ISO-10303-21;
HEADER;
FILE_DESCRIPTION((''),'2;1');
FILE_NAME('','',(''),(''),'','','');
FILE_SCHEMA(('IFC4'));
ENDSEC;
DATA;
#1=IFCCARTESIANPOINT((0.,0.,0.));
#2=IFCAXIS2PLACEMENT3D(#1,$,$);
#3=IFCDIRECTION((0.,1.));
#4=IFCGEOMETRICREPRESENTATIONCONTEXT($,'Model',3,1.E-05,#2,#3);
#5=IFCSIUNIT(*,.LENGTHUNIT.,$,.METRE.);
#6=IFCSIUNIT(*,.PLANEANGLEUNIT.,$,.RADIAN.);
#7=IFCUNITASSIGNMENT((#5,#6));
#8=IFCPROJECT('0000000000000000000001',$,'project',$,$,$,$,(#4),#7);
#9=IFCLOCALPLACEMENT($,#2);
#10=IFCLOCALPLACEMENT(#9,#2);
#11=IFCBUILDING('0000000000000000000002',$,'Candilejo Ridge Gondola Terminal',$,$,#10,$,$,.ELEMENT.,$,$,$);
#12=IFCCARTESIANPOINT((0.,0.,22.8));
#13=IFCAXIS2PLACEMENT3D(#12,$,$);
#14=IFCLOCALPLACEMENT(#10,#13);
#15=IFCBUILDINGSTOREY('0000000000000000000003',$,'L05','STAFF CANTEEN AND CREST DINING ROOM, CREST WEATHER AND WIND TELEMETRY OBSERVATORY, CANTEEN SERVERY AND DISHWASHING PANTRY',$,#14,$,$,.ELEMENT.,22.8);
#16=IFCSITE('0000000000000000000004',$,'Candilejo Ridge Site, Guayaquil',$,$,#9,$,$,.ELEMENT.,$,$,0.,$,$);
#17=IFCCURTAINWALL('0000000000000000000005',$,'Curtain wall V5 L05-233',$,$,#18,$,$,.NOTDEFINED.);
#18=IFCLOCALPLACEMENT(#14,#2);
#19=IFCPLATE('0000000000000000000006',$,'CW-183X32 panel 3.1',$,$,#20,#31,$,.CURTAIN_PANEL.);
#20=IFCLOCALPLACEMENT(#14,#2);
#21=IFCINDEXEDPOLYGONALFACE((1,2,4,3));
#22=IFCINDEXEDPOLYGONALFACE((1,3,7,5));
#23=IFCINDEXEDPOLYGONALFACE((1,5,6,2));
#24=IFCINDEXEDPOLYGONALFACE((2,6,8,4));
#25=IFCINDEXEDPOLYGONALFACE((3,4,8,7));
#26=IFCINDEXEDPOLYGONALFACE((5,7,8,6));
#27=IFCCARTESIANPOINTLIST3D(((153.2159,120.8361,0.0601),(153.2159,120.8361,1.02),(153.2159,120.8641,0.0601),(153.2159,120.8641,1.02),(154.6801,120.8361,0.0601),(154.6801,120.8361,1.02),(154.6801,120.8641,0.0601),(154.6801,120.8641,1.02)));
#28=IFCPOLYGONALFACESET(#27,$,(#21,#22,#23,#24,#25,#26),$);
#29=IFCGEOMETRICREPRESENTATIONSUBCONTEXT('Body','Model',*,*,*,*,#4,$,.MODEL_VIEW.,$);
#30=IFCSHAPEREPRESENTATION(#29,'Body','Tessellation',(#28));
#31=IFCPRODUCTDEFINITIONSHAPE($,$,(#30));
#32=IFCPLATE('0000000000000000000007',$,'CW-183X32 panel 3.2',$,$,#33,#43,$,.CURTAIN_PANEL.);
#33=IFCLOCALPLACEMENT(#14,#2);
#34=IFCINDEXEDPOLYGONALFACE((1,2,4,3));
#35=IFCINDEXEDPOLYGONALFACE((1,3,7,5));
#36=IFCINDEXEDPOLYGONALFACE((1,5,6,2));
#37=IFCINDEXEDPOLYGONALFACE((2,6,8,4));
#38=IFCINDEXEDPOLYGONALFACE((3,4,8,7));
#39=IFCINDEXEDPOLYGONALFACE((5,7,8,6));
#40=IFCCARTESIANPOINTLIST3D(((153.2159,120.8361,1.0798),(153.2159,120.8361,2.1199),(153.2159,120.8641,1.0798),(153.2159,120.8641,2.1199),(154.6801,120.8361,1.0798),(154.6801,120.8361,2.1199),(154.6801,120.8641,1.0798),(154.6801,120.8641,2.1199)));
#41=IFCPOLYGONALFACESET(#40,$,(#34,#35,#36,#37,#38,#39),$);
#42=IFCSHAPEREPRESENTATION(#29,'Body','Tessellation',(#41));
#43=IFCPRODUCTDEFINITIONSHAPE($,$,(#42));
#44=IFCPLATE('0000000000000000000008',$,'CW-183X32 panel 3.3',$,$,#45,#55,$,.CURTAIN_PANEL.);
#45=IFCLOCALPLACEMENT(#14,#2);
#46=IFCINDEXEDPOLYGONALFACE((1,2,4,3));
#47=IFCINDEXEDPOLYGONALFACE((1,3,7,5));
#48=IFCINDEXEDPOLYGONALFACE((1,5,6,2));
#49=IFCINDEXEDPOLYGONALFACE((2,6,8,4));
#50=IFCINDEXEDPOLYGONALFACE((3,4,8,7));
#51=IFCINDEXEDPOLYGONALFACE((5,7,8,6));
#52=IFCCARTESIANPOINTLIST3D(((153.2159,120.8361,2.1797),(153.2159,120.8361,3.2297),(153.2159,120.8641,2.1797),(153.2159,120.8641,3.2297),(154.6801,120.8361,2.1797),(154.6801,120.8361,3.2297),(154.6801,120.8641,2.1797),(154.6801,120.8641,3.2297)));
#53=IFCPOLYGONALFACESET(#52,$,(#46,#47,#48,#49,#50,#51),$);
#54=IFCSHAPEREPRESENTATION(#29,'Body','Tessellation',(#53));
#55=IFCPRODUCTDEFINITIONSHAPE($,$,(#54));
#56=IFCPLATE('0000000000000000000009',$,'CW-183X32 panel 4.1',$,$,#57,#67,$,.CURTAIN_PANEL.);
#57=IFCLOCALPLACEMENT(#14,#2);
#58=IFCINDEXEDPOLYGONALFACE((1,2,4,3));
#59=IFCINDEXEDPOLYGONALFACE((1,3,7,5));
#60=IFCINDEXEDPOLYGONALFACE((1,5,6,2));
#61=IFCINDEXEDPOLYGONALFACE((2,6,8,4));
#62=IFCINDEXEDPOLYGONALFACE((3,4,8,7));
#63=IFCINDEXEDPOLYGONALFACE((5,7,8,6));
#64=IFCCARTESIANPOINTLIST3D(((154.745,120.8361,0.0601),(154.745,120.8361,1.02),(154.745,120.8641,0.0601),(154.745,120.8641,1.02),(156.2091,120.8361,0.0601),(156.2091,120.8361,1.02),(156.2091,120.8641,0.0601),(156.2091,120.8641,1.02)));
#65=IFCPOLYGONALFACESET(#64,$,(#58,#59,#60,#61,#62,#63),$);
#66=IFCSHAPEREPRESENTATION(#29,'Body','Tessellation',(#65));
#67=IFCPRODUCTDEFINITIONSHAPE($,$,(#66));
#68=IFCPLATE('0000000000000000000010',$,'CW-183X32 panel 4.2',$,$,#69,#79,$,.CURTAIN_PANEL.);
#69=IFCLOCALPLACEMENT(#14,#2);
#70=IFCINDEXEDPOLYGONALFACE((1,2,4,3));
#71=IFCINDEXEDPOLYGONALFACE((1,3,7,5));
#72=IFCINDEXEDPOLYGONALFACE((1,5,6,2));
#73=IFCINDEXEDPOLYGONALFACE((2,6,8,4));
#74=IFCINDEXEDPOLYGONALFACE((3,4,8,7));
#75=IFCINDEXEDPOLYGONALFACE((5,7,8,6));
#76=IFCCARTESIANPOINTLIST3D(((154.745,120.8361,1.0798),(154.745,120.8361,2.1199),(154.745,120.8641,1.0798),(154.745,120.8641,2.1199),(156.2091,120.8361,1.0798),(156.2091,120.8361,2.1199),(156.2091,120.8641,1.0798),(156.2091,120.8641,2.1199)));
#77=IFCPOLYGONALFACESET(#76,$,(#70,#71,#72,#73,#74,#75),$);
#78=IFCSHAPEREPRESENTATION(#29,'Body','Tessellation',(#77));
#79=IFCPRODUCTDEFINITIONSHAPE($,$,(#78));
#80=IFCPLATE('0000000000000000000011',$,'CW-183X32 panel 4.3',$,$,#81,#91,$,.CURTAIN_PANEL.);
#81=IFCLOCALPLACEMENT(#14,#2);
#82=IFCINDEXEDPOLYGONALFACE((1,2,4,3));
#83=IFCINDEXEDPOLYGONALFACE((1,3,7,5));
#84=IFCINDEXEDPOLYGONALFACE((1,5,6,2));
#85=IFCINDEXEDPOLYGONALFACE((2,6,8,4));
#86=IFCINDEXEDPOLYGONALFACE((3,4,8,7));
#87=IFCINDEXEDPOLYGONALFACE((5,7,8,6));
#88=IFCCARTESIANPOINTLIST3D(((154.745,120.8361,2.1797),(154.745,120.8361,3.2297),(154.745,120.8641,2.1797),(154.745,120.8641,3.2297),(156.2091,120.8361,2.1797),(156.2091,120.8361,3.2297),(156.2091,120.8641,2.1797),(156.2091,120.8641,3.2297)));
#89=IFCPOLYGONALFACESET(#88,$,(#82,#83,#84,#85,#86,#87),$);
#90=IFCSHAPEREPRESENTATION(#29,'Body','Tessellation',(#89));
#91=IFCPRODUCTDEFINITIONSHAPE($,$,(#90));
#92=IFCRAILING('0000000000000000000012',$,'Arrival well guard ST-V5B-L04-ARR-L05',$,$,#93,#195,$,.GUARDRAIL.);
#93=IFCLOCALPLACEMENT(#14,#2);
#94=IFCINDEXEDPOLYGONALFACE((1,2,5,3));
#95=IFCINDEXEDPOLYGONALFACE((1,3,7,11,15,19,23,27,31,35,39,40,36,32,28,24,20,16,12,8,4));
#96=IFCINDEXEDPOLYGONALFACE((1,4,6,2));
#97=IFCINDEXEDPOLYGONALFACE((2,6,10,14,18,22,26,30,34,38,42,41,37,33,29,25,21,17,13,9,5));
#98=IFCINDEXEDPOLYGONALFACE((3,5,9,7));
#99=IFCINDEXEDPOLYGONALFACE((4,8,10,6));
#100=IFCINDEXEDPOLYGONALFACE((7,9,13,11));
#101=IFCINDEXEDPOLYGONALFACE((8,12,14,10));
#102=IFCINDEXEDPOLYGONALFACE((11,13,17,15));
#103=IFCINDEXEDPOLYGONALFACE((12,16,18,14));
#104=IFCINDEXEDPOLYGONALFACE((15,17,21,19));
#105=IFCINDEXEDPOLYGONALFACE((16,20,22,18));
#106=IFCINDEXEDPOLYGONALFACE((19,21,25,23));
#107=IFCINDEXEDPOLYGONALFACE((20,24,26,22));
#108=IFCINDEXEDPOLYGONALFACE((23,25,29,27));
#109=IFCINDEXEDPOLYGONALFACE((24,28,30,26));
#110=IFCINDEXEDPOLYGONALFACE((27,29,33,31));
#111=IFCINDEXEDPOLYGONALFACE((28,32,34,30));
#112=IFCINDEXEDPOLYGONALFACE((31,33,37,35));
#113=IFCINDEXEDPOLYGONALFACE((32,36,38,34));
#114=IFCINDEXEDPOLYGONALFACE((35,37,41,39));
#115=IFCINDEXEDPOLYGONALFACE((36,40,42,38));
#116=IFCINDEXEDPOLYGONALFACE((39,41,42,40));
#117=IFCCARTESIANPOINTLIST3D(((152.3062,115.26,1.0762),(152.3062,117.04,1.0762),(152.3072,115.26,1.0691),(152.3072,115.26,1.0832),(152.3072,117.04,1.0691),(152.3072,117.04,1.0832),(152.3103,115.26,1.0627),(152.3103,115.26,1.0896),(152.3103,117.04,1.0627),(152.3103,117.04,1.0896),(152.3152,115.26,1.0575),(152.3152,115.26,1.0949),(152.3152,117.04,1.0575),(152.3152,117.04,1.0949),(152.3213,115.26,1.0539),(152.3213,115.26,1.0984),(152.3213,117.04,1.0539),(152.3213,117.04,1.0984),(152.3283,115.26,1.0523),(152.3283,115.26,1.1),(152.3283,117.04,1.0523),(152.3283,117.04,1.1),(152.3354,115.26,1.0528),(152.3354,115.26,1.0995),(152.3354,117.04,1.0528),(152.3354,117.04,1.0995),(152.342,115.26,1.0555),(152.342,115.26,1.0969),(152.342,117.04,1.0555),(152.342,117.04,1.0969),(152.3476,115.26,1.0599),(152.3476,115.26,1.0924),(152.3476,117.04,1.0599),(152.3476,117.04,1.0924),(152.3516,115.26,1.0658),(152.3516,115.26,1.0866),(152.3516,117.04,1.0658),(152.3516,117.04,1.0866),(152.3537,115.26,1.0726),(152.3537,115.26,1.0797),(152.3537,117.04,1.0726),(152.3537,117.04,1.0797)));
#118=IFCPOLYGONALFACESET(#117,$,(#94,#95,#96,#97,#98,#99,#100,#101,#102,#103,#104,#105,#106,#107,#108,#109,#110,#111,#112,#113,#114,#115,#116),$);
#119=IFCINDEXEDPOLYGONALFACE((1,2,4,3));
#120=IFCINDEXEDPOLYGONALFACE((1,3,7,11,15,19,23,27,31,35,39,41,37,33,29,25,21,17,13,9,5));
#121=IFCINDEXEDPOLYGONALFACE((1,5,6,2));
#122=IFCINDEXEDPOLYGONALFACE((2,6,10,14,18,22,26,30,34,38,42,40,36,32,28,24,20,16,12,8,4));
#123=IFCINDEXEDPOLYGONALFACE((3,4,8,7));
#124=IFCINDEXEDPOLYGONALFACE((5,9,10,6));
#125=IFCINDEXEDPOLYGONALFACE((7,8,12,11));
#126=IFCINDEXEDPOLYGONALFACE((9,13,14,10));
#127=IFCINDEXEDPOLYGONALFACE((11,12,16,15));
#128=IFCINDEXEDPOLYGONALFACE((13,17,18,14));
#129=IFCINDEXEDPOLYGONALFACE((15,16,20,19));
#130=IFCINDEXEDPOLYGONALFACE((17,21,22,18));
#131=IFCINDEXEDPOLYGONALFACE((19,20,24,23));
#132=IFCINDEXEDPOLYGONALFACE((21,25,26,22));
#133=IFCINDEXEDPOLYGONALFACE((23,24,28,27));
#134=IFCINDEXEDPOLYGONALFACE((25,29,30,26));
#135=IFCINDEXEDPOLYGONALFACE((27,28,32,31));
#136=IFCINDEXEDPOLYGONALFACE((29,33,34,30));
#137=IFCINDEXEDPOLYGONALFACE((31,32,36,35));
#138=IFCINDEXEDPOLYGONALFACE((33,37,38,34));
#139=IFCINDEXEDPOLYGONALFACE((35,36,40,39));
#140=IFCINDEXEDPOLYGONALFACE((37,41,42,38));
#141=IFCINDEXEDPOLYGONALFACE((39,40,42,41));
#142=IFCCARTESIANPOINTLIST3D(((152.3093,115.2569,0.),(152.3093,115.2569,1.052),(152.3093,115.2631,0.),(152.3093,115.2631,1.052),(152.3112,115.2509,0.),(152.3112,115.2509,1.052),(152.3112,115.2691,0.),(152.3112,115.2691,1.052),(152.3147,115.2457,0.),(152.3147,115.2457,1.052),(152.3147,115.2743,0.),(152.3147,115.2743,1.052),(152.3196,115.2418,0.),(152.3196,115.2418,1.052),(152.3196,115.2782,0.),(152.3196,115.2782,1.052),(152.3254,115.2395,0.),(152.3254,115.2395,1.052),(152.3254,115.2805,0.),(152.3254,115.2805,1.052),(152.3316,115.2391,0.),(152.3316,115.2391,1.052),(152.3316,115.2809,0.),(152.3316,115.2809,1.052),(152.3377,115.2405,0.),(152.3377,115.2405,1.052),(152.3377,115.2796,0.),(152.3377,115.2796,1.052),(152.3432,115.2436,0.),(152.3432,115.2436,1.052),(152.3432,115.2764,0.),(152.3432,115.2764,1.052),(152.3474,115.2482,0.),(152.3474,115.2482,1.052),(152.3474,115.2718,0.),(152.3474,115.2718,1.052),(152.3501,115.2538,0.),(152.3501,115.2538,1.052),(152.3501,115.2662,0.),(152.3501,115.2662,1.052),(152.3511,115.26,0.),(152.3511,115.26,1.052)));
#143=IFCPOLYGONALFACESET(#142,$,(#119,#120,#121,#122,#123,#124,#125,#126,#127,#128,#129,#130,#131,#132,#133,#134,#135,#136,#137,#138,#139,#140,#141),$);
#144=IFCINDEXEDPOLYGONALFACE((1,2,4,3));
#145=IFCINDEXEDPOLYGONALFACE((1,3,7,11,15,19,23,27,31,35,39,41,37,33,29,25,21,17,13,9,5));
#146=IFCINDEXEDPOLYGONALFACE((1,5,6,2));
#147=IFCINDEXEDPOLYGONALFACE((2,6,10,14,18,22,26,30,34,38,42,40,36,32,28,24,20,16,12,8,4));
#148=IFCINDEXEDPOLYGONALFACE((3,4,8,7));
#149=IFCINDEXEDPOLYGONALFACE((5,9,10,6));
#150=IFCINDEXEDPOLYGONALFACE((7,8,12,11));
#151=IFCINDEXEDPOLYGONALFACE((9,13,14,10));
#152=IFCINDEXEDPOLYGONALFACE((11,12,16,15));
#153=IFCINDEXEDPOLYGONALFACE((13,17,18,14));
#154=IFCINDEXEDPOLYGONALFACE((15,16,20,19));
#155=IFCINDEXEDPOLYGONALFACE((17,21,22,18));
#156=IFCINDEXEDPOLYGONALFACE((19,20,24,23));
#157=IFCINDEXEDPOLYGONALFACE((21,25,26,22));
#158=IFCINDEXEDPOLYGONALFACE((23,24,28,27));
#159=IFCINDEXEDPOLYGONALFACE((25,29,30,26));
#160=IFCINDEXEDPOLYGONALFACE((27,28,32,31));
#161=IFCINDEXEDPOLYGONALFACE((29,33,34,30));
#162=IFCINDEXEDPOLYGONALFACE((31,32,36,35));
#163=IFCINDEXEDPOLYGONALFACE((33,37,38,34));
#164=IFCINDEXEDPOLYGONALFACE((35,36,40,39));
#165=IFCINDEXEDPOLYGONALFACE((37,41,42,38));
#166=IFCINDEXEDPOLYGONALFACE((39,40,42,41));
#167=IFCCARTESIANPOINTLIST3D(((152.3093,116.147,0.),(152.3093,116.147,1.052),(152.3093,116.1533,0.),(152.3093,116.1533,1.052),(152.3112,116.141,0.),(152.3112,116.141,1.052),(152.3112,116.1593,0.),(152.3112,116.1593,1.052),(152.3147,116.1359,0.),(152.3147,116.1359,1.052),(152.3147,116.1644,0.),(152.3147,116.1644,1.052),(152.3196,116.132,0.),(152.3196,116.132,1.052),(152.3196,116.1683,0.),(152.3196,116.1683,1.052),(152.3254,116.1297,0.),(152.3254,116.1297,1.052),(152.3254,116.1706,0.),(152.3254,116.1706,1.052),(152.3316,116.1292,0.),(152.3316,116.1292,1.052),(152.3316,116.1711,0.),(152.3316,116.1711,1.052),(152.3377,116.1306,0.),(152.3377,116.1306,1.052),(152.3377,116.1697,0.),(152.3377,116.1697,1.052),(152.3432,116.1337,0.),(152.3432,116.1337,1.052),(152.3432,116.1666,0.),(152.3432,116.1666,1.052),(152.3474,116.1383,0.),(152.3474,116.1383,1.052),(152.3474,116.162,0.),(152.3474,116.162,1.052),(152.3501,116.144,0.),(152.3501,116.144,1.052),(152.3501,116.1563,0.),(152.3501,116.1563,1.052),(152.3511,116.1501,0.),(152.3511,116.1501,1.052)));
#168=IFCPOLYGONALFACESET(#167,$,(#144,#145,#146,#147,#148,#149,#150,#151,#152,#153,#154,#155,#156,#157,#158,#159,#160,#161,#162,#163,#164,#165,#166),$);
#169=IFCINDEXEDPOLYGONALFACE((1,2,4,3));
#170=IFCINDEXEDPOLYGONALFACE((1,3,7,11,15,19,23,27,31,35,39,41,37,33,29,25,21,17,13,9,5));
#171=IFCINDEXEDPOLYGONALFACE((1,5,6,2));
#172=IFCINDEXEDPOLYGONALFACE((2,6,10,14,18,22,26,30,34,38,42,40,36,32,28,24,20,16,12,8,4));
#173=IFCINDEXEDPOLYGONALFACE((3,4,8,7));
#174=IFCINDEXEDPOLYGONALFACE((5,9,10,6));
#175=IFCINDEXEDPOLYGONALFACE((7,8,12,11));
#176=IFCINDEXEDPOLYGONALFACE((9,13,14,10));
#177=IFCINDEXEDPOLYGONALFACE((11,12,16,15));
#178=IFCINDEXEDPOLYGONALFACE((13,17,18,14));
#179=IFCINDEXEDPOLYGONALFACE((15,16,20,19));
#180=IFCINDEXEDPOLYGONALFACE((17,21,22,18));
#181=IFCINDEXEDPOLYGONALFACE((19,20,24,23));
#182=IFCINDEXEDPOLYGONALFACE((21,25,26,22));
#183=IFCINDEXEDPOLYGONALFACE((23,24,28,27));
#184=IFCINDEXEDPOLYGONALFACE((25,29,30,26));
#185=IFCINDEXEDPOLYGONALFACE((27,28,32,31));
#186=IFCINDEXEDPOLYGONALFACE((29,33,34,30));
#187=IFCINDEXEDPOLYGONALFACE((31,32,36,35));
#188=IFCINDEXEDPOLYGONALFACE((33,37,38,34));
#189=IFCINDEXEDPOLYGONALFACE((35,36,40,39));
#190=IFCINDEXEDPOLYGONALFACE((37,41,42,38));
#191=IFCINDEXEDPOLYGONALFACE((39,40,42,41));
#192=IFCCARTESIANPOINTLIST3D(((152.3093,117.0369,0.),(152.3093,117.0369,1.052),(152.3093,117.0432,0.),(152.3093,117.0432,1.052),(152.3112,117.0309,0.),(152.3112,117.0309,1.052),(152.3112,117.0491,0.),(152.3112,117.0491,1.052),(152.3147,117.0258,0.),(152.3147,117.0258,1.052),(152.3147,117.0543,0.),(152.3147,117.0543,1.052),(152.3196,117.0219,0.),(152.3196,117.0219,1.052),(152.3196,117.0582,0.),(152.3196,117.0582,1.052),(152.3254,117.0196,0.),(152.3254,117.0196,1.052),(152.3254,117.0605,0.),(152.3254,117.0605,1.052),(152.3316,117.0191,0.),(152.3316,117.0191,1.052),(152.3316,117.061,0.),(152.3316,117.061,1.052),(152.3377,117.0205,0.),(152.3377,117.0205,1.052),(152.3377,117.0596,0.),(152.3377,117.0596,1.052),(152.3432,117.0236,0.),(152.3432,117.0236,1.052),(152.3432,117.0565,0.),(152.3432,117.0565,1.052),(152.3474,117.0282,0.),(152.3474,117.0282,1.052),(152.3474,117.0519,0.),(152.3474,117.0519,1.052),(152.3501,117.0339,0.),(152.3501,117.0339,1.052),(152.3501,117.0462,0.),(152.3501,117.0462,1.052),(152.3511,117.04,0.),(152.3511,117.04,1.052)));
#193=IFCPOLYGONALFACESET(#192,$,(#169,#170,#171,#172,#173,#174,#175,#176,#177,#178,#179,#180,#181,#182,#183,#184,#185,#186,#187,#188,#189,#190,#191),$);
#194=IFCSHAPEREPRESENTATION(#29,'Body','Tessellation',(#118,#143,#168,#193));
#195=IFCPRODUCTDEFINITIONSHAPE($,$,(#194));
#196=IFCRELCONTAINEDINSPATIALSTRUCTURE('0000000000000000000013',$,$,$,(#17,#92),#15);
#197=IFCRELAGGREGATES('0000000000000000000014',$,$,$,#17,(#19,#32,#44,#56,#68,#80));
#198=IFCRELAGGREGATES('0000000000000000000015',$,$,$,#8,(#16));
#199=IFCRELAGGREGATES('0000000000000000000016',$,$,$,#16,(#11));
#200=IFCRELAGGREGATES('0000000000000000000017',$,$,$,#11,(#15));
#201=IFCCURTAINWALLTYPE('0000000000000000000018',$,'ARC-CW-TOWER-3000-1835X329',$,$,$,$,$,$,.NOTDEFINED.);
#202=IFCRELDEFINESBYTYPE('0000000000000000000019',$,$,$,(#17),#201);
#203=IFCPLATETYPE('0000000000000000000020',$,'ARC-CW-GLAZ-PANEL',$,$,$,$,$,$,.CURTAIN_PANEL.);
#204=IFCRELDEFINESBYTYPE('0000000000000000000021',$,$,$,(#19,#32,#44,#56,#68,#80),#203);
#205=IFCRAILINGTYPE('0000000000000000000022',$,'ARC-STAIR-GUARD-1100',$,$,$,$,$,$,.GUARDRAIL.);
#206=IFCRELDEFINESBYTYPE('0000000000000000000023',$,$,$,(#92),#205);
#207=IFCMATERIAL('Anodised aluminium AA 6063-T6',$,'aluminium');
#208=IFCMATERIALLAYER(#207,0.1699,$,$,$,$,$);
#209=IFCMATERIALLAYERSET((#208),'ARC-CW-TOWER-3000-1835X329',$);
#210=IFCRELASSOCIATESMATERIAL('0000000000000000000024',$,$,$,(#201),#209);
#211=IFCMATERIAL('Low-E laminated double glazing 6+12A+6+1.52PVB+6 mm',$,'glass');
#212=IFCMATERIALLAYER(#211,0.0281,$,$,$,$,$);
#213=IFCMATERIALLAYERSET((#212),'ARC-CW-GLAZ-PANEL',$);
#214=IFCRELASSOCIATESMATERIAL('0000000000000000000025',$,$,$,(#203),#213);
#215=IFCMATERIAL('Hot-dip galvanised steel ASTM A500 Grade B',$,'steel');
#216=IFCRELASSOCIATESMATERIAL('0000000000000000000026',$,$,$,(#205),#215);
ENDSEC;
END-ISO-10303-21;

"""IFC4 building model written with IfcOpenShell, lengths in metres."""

from ifc_helpers import new_model, si_unit, direction, frame, origin, origin_2d, place, context, subcontext, project, spatial, rectangle, circle, extrude, material, layer, layer_set, type_object, element, aggregate, save


model = new_model("IFC4")

# Units and contexts
model_context = context("Model", 3, precision=1e-05, world=origin(), true_north=direction((0.0, 1.0)))
body_context = subcontext(model_context, "Body", "Model", "MODEL_VIEW")
ifc_project = project(units=[si_unit("LENGTHUNIT", "METRE"), si_unit("PLANEANGLEUNIT", "RADIAN")], contexts=[model_context])

# Site, building, storey
site_placement = place(None, origin())
site = spatial("IfcSite", under=ifc_project, at=site_placement, Name="Candilejo Ridge Site, Guayaquil", CompositionType="ELEMENT", RefElevation=0.0)
building_placement = place(site_placement, origin())
building = spatial("IfcBuilding", under=site, at=building_placement, Name="Candilejo Ridge Gondola Terminal", CompositionType="ELEMENT")
storey_placement = place(building_placement, frame((0.0, 0.0, 22.8)))
storey = spatial("IfcBuildingStorey", under=building, at=storey_placement, Name="L05", Description="STAFF CANTEEN AND CREST DINING ROOM, CREST WEATHER AND WIND TELEMETRY OBSERVATORY, CANTEEN SERVERY AND DISHWASHING PANTRY", CompositionType="ELEMENT", Elevation=22.8)

# Curtain wall, plates
ifc_material_1 = material(Name="Anodised aluminium AA 6063-T6", Category="aluminium")
ifc_layer_1 = layer(ifc_material_1, 0.1699)
ifc_layer_set_1 = layer_set([ifc_layer_1], Name="ARC-CW-TOWER-3000-1835X329")
curtain_wall_type = type_object("IfcCurtainWallType", Name="ARC-CW-TOWER-3000-1835X329", PredefinedType="NOTDEFINED", material=ifc_layer_set_1)
curtain_wall_placement = place(storey_placement, origin())
curtain_wall = element("IfcCurtainWall", 1, at=curtain_wall_placement, inside=storey, type_object=curtain_wall_type, Name="Curtain wall V5 L05-233", PredefinedType="NOTDEFINED")
ifc_material_2 = material(Name="Low-E laminated double glazing 6+12A+6+1.52PVB+6 mm", Category="glass")
ifc_layer_2 = layer(ifc_material_2, 0.0281)
ifc_layer_set_2 = layer_set([ifc_layer_2], Name="ARC-CW-GLAZ-PANEL")
plate_type = type_object("IfcPlateType", Name="ARC-CW-GLAZ-PANEL", PredefinedType="CURTAIN_PANEL", material=ifc_layer_set_2)
plate_1_placement = place(storey_placement, frame((153.948, 120.8501, 0.0601), z_axis=(0.0, 0.0, 1.0), x_axis=(1.0, 0.0, 0.0)))
plate_1 = element("IfcPlate", 2, at=plate_1_placement, type_object=plate_type, Name="CW-183X32 panel 3.1", PredefinedType="CURTAIN_PANEL", context=body_context, shape_type="SweptSolid", body=[
    extrude(rectangle(XDim=1.4641, YDim=0.0281, at=origin_2d()), origin(), (0.0, 0.0, 1.0), 0.96),
])
plate_2_placement = place(storey_placement, frame((153.948, 120.8501, 1.0798), z_axis=(0.0, 0.0, 1.0), x_axis=(1.0, 0.0, 0.0)))
plate_2 = element("IfcPlate", 3, at=plate_2_placement, type_object=plate_type, Name="CW-183X32 panel 3.2", PredefinedType="CURTAIN_PANEL", context=body_context, shape_type="SweptSolid", body=[
    extrude(rectangle(XDim=1.4641, YDim=0.0281, at=origin_2d()), origin(), (0.0, 0.0, 1.0), 1.04),
])
plate_3_placement = place(storey_placement, frame((153.948, 120.8501, 2.1797), z_axis=(0.0, 0.0, 1.0), x_axis=(1.0, 0.0, 0.0)))
plate_3 = element("IfcPlate", 4, at=plate_3_placement, type_object=plate_type, Name="CW-183X32 panel 3.3", PredefinedType="CURTAIN_PANEL", context=body_context, shape_type="SweptSolid", body=[
    extrude(rectangle(XDim=1.4641, YDim=0.0281, at=origin_2d()), origin(), (0.0, 0.0, 1.0), 1.05),
])
plate_4_placement = place(storey_placement, frame((155.4771, 120.8501, 0.0601), z_axis=(0.0, 0.0, 1.0), x_axis=(1.0, 0.0, 0.0)))
plate_4 = element("IfcPlate", 5, at=plate_4_placement, type_object=plate_type, Name="CW-183X32 panel 4.1", PredefinedType="CURTAIN_PANEL", context=body_context, shape_type="SweptSolid", body=[
    extrude(rectangle(XDim=1.4641, YDim=0.0281, at=origin_2d()), origin(), (0.0, 0.0, 1.0), 0.96),
])
plate_5_placement = place(storey_placement, frame((155.4771, 120.8501, 1.0798), z_axis=(0.0, 0.0, 1.0), x_axis=(1.0, 0.0, 0.0)))
plate_5 = element("IfcPlate", 6, at=plate_5_placement, type_object=plate_type, Name="CW-183X32 panel 4.2", PredefinedType="CURTAIN_PANEL", context=body_context, shape_type="SweptSolid", body=[
    extrude(rectangle(XDim=1.4641, YDim=0.0281, at=origin_2d()), origin(), (0.0, 0.0, 1.0), 1.04),
])
plate_6_placement = place(storey_placement, frame((155.4771, 120.8501, 2.1797), z_axis=(0.0, 0.0, 1.0), x_axis=(1.0, 0.0, 0.0)))
plate_6 = element("IfcPlate", 7, at=plate_6_placement, type_object=plate_type, Name="CW-183X32 panel 4.3", PredefinedType="CURTAIN_PANEL", context=body_context, shape_type="SweptSolid", body=[
    extrude(rectangle(XDim=1.4641, YDim=0.0281, at=origin_2d()), origin(), (0.0, 0.0, 1.0), 1.05),
])
aggregate(curtain_wall, [plate_1, plate_2, plate_3, plate_4, plate_5, plate_6])

# Railing
ifc_material_3 = material(Name="Hot-dip galvanised steel ASTM A500 Grade B", Category="steel")
railing_type = type_object("IfcRailingType", Name="ARC-STAIR-GUARD-1100", PredefinedType="GUARDRAIL", material=ifc_material_3)
railing_placement = place(storey_placement, frame((152.3301, 115.26, 0.0)))
element("IfcRailing", 8, at=railing_placement, inside=storey, type_object=railing_type, Name="Arrival well guard ST-V5B-L04-ARR-L05", PredefinedType="GUARDRAIL", context=body_context, shape_type="SweptSolid", body=[
    extrude(circle(Radius=0.0239, at=origin_2d()), frame((0.0, 0.0, 1.0762), z_axis=(0.0, 1.0, 0.0), x_axis=(-1.0, 0.0, 0.0)), (0.0, 0.0, 1.0), 1.78),
    extrude(circle(Radius=0.021, at=origin_2d()), origin(), (0.0, 0.0, 1.0), 1.052),
    extrude(circle(Radius=0.021, at=origin_2d()), frame((0.0, 0.8901, 0.0)), (0.0, 0.0, 1.0), 1.052),
    extrude(circle(Radius=0.021, at=origin_2d()), frame((0.0, 1.78, 0.0)), (0.0, 0.0, 1.0), 1.052),
])

save(model, "model.ifc")
